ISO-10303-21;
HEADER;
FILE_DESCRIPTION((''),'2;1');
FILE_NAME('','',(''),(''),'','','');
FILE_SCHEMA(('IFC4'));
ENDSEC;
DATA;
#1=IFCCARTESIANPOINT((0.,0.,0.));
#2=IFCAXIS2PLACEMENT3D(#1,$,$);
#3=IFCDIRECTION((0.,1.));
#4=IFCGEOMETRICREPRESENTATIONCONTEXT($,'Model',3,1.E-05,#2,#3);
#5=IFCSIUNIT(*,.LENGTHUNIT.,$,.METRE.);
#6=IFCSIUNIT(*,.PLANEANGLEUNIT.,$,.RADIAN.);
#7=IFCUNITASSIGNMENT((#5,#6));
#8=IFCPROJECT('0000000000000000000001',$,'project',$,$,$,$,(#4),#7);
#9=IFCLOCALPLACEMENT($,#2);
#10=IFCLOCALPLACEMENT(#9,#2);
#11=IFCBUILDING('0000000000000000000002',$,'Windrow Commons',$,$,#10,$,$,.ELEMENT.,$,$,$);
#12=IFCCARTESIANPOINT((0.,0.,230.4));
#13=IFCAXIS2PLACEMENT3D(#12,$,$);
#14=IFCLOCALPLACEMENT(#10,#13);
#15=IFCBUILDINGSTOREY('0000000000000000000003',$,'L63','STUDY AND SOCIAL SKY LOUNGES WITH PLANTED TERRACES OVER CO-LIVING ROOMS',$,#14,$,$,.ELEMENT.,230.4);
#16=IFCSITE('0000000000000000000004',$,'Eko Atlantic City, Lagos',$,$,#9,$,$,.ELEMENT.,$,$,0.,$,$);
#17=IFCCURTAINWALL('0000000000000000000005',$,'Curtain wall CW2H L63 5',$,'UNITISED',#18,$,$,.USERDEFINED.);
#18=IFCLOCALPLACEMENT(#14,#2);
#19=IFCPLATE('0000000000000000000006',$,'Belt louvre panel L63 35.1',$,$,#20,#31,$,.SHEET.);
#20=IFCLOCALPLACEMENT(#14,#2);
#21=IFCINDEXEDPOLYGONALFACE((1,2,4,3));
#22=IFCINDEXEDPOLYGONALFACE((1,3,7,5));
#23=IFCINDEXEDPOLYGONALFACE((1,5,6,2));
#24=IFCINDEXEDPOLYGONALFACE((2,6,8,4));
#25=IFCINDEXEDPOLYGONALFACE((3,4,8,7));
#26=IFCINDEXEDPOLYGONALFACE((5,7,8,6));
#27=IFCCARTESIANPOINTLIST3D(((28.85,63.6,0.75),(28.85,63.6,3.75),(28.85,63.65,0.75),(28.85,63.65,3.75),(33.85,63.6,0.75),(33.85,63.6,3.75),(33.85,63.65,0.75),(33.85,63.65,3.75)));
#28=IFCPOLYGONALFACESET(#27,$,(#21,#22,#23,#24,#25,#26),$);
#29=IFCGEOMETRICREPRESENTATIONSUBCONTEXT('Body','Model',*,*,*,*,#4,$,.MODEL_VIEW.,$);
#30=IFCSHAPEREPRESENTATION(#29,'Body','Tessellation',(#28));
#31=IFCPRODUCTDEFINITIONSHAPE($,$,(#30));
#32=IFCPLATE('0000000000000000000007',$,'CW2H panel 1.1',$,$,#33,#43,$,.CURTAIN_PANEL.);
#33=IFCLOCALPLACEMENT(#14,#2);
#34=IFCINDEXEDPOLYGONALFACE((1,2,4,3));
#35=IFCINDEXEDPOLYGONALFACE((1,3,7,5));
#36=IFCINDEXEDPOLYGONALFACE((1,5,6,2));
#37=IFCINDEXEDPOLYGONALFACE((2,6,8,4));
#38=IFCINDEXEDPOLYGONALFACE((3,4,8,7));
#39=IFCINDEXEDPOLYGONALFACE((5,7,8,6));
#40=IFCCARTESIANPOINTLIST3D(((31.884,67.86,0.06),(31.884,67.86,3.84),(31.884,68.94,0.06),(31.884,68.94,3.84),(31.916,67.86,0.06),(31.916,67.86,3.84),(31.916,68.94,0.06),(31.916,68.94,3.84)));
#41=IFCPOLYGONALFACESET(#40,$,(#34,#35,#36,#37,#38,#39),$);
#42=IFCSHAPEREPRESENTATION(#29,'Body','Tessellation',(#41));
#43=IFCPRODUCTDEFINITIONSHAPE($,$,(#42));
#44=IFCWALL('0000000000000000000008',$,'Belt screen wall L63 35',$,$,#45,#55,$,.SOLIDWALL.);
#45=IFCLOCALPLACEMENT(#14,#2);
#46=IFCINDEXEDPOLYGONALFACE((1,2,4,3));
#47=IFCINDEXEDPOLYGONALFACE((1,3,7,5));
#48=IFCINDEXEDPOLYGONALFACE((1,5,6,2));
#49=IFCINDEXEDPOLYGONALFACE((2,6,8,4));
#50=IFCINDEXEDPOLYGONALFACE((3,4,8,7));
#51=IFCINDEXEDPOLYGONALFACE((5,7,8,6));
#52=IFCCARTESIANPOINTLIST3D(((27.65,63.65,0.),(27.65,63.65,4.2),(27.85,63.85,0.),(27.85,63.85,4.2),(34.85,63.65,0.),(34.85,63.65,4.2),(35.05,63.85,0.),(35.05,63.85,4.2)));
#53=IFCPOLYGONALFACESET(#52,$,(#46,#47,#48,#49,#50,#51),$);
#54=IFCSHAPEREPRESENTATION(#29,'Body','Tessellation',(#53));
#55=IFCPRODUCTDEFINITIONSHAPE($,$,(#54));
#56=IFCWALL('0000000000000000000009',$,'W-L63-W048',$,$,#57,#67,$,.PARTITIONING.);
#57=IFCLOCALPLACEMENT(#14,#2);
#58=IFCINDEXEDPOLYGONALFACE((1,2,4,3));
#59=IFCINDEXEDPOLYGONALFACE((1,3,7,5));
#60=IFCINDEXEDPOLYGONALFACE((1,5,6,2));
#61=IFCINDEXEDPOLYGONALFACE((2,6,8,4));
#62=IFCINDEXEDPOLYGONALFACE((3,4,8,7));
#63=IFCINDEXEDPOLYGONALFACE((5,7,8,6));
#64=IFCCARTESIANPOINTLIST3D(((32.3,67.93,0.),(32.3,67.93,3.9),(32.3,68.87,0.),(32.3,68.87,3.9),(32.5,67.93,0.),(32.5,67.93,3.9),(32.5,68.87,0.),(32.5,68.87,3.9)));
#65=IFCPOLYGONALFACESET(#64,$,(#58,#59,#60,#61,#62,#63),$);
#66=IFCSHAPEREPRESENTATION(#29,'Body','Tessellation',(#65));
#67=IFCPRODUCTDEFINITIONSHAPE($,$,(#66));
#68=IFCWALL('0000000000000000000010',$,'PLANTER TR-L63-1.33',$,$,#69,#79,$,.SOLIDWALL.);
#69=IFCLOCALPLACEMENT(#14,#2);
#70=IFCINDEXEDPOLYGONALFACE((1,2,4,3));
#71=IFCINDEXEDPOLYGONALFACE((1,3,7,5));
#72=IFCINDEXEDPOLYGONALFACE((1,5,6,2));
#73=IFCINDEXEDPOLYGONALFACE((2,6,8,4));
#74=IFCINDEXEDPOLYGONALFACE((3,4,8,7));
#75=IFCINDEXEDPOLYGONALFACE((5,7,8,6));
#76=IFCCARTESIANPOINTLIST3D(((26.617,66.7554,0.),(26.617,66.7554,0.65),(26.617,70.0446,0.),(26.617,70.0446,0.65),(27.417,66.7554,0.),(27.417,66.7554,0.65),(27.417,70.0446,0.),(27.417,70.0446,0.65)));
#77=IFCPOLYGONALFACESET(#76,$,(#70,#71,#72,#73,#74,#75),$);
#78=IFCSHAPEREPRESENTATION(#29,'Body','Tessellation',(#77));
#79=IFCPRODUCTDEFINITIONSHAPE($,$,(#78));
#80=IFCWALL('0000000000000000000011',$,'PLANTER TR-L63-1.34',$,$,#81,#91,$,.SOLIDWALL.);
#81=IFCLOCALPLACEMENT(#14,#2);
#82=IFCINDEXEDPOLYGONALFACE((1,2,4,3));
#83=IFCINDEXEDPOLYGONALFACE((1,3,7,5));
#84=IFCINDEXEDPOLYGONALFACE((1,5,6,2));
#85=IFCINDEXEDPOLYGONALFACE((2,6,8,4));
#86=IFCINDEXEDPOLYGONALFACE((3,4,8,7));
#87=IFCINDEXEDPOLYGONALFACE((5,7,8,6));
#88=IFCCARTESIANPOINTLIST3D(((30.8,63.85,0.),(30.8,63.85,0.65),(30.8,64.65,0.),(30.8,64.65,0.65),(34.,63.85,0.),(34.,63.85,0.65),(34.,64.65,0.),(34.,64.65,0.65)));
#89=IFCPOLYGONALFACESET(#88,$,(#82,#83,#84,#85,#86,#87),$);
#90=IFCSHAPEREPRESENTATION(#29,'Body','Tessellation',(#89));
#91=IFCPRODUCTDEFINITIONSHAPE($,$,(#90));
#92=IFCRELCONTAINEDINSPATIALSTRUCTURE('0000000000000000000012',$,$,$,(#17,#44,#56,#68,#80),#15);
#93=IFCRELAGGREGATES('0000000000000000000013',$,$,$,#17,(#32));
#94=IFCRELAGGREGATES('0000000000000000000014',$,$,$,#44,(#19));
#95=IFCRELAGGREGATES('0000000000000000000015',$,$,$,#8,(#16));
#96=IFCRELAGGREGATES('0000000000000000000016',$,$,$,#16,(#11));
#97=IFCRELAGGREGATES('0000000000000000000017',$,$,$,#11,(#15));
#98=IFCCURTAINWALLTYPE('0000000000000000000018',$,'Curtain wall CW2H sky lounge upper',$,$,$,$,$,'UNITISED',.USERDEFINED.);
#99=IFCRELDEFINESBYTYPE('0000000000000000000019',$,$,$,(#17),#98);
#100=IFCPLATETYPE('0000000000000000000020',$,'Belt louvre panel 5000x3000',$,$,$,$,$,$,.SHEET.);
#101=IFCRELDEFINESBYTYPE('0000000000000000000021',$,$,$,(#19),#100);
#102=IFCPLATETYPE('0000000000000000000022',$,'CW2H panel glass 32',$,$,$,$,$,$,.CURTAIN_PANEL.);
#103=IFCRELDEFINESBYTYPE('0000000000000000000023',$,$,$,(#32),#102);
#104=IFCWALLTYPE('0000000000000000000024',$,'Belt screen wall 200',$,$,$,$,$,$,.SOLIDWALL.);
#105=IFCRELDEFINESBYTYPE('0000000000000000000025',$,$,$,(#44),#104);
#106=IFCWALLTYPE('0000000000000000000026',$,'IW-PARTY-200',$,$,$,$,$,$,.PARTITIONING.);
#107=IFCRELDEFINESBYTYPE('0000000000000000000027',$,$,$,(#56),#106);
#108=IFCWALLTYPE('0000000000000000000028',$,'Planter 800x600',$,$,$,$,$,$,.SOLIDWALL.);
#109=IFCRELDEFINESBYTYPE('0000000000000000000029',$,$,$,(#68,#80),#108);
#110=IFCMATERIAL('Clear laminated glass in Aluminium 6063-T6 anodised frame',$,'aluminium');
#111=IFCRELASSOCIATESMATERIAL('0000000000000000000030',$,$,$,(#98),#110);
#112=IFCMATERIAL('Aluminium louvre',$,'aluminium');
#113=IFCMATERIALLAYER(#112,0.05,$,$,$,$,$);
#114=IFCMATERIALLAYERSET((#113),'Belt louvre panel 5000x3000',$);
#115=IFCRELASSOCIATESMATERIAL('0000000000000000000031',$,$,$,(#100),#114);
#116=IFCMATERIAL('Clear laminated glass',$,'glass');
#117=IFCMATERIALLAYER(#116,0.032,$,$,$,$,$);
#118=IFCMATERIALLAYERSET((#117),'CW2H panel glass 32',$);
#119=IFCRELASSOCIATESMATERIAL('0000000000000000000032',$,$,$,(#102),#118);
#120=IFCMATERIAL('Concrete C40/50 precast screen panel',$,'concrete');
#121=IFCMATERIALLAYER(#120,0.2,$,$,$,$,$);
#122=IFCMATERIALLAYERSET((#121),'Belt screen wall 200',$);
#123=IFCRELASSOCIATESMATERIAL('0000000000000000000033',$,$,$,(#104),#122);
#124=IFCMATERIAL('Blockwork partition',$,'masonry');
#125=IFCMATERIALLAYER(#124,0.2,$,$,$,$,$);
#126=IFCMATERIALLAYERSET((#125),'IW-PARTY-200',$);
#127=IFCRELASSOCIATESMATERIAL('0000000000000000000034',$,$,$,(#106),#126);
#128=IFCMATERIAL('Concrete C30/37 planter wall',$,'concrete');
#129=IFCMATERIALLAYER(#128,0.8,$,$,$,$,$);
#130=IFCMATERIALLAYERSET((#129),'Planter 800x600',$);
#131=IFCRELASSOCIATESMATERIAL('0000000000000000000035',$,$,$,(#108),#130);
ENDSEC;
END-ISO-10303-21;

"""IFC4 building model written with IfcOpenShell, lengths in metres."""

from ifc_helpers import new_model, si_unit, direction, frame, frame_2d, origin, origin_2d, place, context, subcontext, project, spatial, polyline, rectangle, outline, extrude, material, layer, layer_set, type_object, element, aggregate, save


model = new_model("IFC4")

# Units and contexts
model_context = context("Model", 3, precision=1e-05, world=origin(), true_north=direction((0.0, 1.0)))
body_context = subcontext(model_context, "Body", "Model", "MODEL_VIEW")
ifc_project = project(units=[si_unit("LENGTHUNIT", "METRE"), si_unit("PLANEANGLEUNIT", "RADIAN")], contexts=[model_context])

# Site, building, storey
site_placement = place(None, origin())
site = spatial("IfcSite", under=ifc_project, at=site_placement, Name="Eko Atlantic City, Lagos", CompositionType="ELEMENT", RefElevation=0.0)
building_placement = place(site_placement, origin())
building = spatial("IfcBuilding", under=site, at=building_placement, Name="Windrow Commons", CompositionType="ELEMENT")
storey_placement = place(building_placement, frame((0.0, 0.0, 230.4)))
storey = spatial("IfcBuildingStorey", under=building, at=storey_placement, Name="L63", Description="STUDY AND SOCIAL SKY LOUNGES WITH PLANTED TERRACES OVER CO-LIVING ROOMS", CompositionType="ELEMENT", Elevation=230.4)

# Shared definitions
ifc_material_1 = material(Name="Clear laminated glass in Aluminium 6063-T6 anodised frame", Category="aluminium")
curtain_wall_type = type_object("IfcCurtainWallType", Name="Curtain wall CW2H sky lounge upper", ElementType="UNITISED", PredefinedType="USERDEFINED", material=ifc_material_1)
placement = place(storey_placement, origin())

# Curtain wall
curtain_wall_1 = element("IfcCurtainWall", 1, at=placement, inside=storey, type_object=curtain_wall_type, Name="Curtain wall CW2H L63 5", ObjectType="UNITISED", PredefinedType="USERDEFINED")

# Plates
ifc_material_2 = material(Name="Aluminium louvre", Category="aluminium")
ifc_layer_1 = layer(ifc_material_2, 0.05)
ifc_layer_set_1 = layer_set([ifc_layer_1], Name="Belt louvre panel 5000x3000")
plate_type_1 = type_object("IfcPlateType", Name="Belt louvre panel 5000x3000", PredefinedType="SHEET", material=ifc_layer_set_1)
plate_1_placement = place(storey_placement, frame((28.85, 63.6, 0.75), z_axis=(0.0, -1.0, 0.0), x_axis=(1.0, 0.0, 0.0)))
plate_1 = element("IfcPlate", 2, at=plate_1_placement, type_object=plate_type_1, Name="Belt louvre panel L63 35.1", PredefinedType="SHEET", context=body_context, shape_type="SweptSolid", body=[
    extrude(outline(polyline([(0.0, 0.0), (5.0, 0.0), (5.0, 3.0), (0.0, 3.0), (0.0, 0.0)])), origin(), (0.0, 0.0, -1.0), 0.05),
])
ifc_material_3 = material(Name="Clear laminated glass", Category="glass")
ifc_layer_2 = layer(ifc_material_3, 0.032)
ifc_layer_set_2 = layer_set([ifc_layer_2], Name="CW2H panel glass 32")
plate_type_2 = type_object("IfcPlateType", Name="CW2H panel glass 32", PredefinedType="CURTAIN_PANEL", material=ifc_layer_set_2)
plate_2_placement = place(storey_placement, frame((31.9, 68.4, 0.06), z_axis=(0.0, 0.0, 1.0), x_axis=(0.0, -1.0, 0.0)))
plate_2 = element("IfcPlate", 3, at=plate_2_placement, type_object=plate_type_2, Name="CW2H panel 1.1", PredefinedType="CURTAIN_PANEL", context=body_context, shape_type="SweptSolid", body=[
    extrude(rectangle(XDim=1.08, YDim=0.032, at=origin_2d()), origin(), (0.0, 0.0, 1.0), 3.78),
])
aggregate(curtain_wall_1, [plate_2])

# Wall
ifc_material_4 = material(Name="Concrete C40/50 precast screen panel", Category="concrete")
ifc_layer_3 = layer(ifc_material_4, 0.2)
ifc_layer_set_3 = layer_set([ifc_layer_3], Name="Belt screen wall 200")
wall_type_1 = type_object("IfcWallType", Name="Belt screen wall 200", PredefinedType="SOLIDWALL", material=ifc_layer_set_3)
wall_1_placement = place(storey_placement, frame((27.75, 63.75, 0.0), z_axis=(0.0, 0.0, 1.0), x_axis=(1.0, 0.0, 0.0)))
wall_1 = element("IfcWall", 4, at=wall_1_placement, inside=storey, type_object=wall_type_1, Name="Belt screen wall L63 35", PredefinedType="SOLIDWALL", context=body_context, shape_type="SweptSolid", body=[
    extrude(outline(polyline([(-0.1, -0.1), (7.1, -0.1), (7.3, 0.1), (0.1, 0.1), (-0.1, -0.1)])), origin(), (0.0, 0.0, 1.0), 4.2),
])
aggregate(wall_1, [plate_1])

# Walls
ifc_material_5 = material(Name="Blockwork partition", Category="masonry")
ifc_layer_4 = layer(ifc_material_5, 0.2)
ifc_layer_set_4 = layer_set([ifc_layer_4], Name="IW-PARTY-200")
wall_type_2 = type_object("IfcWallType", Name="IW-PARTY-200", PredefinedType="PARTITIONING", material=ifc_layer_set_4)
wall_2_placement = place(storey_placement, frame((32.4, 67.93, 0.0), z_axis=(0.0, 0.0, 1.0), x_axis=(0.0, 1.0, 0.0)))
element("IfcWall", 5, at=wall_2_placement, inside=storey, type_object=wall_type_2, Name="W-L63-W048", PredefinedType="PARTITIONING", context=body_context, shape_type="SweptSolid", body=[
    extrude(rectangle(XDim=0.94, YDim=0.2, at=frame_2d((0.47, 0.0))), origin(), (0.0, 0.0, 1.0), 3.9),
])
ifc_material_6 = material(Name="Concrete C30/37 planter wall", Category="concrete")
ifc_layer_5 = layer(ifc_material_6, 0.8)
ifc_layer_set_5 = layer_set([ifc_layer_5], Name="Planter 800x600")
wall_type_3 = type_object("IfcWallType", Name="Planter 800x600", PredefinedType="SOLIDWALL", material=ifc_layer_set_5)
wall_3_placement = place(storey_placement, frame((27.017, 70.0446, 0.0), z_axis=(0.0, 0.0, 1.0), x_axis=(0.0, -1.0, 0.0)))
element("IfcWall", 6, at=wall_3_placement, inside=storey, type_object=wall_type_3, Name="PLANTER TR-L63-1.33", PredefinedType="SOLIDWALL", context=body_context, shape_type="SweptSolid", body=[
    extrude(rectangle(XDim=3.2892, YDim=0.8, at=frame_2d((1.6446, 0.0))), origin(), (0.0, 0.0, 1.0), 0.65),
])
wall_4_placement = place(storey_placement, frame((30.8, 64.25, 0.0), z_axis=(0.0, 0.0, 1.0), x_axis=(1.0, 0.0, 0.0)))
element("IfcWall", 7, at=wall_4_placement, inside=storey, type_object=wall_type_3, Name="PLANTER TR-L63-1.34", PredefinedType="SOLIDWALL", context=body_context, shape_type="SweptSolid", body=[
    extrude(rectangle(XDim=3.2, YDim=0.8, at=frame_2d((1.6, 0.0))), origin(), (0.0, 0.0, 1.0), 0.65),
])

save(model, "model.ifc")
